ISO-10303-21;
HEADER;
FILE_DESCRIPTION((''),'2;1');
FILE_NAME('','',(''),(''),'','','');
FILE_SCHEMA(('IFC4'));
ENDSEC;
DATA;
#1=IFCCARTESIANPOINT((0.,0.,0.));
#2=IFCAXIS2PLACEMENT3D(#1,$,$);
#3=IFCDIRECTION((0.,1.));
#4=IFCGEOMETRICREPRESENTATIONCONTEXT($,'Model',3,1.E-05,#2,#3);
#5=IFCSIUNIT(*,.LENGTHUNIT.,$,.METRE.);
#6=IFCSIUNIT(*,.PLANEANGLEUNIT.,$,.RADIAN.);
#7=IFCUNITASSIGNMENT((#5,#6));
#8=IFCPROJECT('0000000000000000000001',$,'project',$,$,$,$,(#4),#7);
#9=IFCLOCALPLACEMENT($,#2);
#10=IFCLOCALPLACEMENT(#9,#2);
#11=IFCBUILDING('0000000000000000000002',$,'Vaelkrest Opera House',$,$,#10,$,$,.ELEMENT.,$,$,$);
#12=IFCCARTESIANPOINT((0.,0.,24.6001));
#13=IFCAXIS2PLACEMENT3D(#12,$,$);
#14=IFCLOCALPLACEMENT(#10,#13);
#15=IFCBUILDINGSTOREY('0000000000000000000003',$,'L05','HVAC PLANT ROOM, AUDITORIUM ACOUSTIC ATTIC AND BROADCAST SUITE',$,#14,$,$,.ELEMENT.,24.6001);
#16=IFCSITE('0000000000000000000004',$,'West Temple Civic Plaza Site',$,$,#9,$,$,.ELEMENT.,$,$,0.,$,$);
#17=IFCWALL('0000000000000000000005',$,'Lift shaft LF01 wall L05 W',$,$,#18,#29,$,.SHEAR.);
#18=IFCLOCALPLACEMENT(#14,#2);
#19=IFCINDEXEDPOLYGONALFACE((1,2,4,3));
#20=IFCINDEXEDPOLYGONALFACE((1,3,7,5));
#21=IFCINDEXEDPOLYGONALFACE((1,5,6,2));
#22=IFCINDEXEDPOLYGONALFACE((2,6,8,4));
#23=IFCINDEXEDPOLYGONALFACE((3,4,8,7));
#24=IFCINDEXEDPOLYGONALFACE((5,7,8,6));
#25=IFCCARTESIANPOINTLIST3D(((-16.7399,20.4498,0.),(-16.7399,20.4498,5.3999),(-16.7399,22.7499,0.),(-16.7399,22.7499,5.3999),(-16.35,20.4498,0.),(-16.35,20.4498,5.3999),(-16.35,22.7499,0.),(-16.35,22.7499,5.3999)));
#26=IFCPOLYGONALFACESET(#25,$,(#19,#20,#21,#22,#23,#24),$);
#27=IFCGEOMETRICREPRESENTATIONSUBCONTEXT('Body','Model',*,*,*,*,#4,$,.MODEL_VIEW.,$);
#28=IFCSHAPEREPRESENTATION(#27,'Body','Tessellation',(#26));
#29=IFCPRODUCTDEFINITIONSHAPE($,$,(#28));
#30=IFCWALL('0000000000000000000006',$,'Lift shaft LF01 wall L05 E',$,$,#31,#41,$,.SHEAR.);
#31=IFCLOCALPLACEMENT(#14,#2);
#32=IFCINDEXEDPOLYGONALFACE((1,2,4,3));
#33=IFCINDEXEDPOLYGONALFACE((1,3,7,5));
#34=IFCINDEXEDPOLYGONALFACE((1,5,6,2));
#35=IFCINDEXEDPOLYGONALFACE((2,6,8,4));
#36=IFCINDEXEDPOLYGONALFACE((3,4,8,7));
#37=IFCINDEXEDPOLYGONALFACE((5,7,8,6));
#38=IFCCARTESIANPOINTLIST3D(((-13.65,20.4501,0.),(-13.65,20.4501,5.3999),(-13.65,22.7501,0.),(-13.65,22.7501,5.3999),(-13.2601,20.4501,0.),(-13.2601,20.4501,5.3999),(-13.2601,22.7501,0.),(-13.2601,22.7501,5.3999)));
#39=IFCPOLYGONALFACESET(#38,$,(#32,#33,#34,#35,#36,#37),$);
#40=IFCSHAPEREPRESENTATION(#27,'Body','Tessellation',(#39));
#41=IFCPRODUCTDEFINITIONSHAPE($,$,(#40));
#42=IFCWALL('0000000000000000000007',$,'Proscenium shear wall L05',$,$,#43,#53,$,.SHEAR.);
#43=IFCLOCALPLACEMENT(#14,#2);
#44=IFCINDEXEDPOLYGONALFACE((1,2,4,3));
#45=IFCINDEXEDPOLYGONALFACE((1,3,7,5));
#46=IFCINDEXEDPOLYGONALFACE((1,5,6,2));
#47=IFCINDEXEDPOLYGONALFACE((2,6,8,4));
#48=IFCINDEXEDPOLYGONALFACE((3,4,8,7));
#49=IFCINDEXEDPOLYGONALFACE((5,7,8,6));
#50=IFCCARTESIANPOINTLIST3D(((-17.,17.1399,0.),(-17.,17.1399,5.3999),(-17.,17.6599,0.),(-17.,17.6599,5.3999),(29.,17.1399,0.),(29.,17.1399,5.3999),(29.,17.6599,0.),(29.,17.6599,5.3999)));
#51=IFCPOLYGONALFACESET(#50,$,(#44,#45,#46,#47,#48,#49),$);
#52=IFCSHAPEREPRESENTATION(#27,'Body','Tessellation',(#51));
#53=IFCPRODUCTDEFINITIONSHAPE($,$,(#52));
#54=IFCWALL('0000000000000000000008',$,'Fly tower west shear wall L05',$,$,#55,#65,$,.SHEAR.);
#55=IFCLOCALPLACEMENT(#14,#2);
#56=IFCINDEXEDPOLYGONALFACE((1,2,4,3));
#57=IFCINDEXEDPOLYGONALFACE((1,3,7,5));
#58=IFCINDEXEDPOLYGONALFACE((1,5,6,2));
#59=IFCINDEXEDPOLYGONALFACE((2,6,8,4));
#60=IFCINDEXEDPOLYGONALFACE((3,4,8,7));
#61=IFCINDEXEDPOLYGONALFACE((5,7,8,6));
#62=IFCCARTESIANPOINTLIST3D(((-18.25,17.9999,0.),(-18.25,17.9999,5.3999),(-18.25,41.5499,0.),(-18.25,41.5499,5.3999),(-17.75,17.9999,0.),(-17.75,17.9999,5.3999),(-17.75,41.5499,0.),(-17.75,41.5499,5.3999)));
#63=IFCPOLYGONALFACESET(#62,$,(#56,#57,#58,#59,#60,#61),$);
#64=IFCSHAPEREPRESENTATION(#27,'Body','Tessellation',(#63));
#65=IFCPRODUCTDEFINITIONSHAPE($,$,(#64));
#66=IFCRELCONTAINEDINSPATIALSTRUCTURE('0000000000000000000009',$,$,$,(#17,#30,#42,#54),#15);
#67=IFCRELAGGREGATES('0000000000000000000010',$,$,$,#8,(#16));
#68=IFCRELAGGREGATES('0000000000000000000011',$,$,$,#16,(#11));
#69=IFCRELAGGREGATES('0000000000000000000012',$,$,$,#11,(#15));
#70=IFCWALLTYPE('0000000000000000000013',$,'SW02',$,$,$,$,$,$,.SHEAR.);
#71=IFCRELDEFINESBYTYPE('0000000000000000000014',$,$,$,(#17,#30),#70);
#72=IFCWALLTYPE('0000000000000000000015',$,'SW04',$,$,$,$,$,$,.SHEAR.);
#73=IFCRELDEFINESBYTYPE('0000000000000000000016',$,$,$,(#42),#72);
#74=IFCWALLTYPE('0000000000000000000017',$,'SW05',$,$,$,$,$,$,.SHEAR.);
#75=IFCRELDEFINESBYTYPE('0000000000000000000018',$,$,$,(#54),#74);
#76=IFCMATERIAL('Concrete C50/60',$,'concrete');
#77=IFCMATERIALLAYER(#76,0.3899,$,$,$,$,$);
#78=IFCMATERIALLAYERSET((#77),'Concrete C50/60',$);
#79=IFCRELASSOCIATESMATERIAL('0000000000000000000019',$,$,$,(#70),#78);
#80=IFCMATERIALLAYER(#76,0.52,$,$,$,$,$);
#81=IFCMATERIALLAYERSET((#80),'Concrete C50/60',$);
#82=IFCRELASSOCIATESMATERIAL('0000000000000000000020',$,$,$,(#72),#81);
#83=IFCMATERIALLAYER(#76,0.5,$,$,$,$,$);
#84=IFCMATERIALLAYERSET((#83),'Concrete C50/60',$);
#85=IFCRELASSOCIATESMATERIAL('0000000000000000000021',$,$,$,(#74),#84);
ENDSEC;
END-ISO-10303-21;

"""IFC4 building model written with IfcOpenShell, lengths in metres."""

from ifc_helpers import new_model, si_unit, direction, frame, frame_2d, origin, place, context, subcontext, project, spatial, rectangle, extrude, material, layer, layer_set, type_object, element, save


model = new_model("IFC4")

# Units and contexts
model_context = context("Model", 3, precision=1e-05, world=origin(), true_north=direction((0.0, 1.0)))
body_context = subcontext(model_context, "Body", "Model", "MODEL_VIEW")
ifc_project = project(units=[si_unit("LENGTHUNIT", "METRE"), si_unit("PLANEANGLEUNIT", "RADIAN")], contexts=[model_context])

# Site, building, storey
site_placement = place(None, origin())
site = spatial("IfcSite", under=ifc_project, at=site_placement, Name="West Temple Civic Plaza Site", CompositionType="ELEMENT", RefElevation=0.0)
building_placement = place(site_placement, origin())
building = spatial("IfcBuilding", under=site, at=building_placement, Name="Vaelkrest Opera House", CompositionType="ELEMENT")
storey_placement = place(building_placement, frame((0.0, 0.0, 24.6001)))
storey = spatial("IfcBuildingStorey", under=building, at=storey_placement, Name="L05", Description="HVAC PLANT ROOM, AUDITORIUM ACOUSTIC ATTIC AND BROADCAST SUITE", CompositionType="ELEMENT", Elevation=24.6001)

# Shared definitions
ifc_material_1 = material(Name="Concrete C50/60", Category="concrete")

# Shared definitions
ifc_layer_1 = layer(ifc_material_1, 0.3899)
ifc_layer_set_1 = layer_set([ifc_layer_1], Name="Concrete C50/60")
wall_type_1 = type_object("IfcWallType", Name="SW02", PredefinedType="SHEAR", material=ifc_layer_set_1)

# Walls
for number, where, z_axis, x_axis, name in (
    (1, (-16.5449, 20.45, 0.0), (0.0, 0.0, 1.0), (0.0, 1.0, 0.0), "Lift shaft LF01 wall L05 W"),
    (2, (-13.4551, 22.75, 0.0), (0.0, 0.0, 1.0), (0.0, -1.0, 0.0), "Lift shaft LF01 wall L05 E"),
):
    element("IfcWall", number, at=place(storey_placement, frame(where, z_axis=z_axis, x_axis=x_axis)), inside=storey, type_object=wall_type_1, Name=name, PredefinedType="SHEAR", context=body_context, shape_type="SweptSolid", body=[
        extrude(rectangle(XDim=2.3, YDim=0.3899, at=frame_2d((1.1499, 0.0))), origin(), (0.0, 0.0, 1.0), 5.3999),
    ])
ifc_layer_2 = layer(ifc_material_1, 0.52)
ifc_layer_set_2 = layer_set([ifc_layer_2], Name="Concrete C50/60")
wall_type_2 = type_object("IfcWallType", Name="SW04", PredefinedType="SHEAR", material=ifc_layer_set_2)
wall_1_placement = place(storey_placement, frame((-17.0, 17.3999, 0.0), z_axis=(0.0, 0.0, 1.0), x_axis=(1.0, 0.0, 0.0)))
element("IfcWall", 3, at=wall_1_placement, inside=storey, type_object=wall_type_2, Name="Proscenium shear wall L05", PredefinedType="SHEAR", context=body_context, shape_type="SweptSolid", body=[
    extrude(rectangle(XDim=46.0, YDim=0.52, at=frame_2d((23.0, 0.0))), origin(), (0.0, 0.0, 1.0), 5.3999),
])
ifc_layer_3 = layer(ifc_material_1, 0.5)
ifc_layer_set_3 = layer_set([ifc_layer_3], Name="Concrete C50/60")
wall_type_3 = type_object("IfcWallType", Name="SW05", PredefinedType="SHEAR", material=ifc_layer_set_3)
wall_2_placement = place(storey_placement, frame((-18.0, 18.0, 0.0), z_axis=(0.0, 0.0, 1.0), x_axis=(0.0, 1.0, 0.0)))
element("IfcWall", 4, at=wall_2_placement, inside=storey, type_object=wall_type_3, Name="Fly tower west shear wall L05", PredefinedType="SHEAR", context=body_context, shape_type="SweptSolid", body=[
    extrude(rectangle(XDim=23.55, YDim=0.5, at=frame_2d((11.7749, 0.0))), origin(), (0.0, 0.0, 1.0), 5.3999),
])

save(model, "model.ifc")
